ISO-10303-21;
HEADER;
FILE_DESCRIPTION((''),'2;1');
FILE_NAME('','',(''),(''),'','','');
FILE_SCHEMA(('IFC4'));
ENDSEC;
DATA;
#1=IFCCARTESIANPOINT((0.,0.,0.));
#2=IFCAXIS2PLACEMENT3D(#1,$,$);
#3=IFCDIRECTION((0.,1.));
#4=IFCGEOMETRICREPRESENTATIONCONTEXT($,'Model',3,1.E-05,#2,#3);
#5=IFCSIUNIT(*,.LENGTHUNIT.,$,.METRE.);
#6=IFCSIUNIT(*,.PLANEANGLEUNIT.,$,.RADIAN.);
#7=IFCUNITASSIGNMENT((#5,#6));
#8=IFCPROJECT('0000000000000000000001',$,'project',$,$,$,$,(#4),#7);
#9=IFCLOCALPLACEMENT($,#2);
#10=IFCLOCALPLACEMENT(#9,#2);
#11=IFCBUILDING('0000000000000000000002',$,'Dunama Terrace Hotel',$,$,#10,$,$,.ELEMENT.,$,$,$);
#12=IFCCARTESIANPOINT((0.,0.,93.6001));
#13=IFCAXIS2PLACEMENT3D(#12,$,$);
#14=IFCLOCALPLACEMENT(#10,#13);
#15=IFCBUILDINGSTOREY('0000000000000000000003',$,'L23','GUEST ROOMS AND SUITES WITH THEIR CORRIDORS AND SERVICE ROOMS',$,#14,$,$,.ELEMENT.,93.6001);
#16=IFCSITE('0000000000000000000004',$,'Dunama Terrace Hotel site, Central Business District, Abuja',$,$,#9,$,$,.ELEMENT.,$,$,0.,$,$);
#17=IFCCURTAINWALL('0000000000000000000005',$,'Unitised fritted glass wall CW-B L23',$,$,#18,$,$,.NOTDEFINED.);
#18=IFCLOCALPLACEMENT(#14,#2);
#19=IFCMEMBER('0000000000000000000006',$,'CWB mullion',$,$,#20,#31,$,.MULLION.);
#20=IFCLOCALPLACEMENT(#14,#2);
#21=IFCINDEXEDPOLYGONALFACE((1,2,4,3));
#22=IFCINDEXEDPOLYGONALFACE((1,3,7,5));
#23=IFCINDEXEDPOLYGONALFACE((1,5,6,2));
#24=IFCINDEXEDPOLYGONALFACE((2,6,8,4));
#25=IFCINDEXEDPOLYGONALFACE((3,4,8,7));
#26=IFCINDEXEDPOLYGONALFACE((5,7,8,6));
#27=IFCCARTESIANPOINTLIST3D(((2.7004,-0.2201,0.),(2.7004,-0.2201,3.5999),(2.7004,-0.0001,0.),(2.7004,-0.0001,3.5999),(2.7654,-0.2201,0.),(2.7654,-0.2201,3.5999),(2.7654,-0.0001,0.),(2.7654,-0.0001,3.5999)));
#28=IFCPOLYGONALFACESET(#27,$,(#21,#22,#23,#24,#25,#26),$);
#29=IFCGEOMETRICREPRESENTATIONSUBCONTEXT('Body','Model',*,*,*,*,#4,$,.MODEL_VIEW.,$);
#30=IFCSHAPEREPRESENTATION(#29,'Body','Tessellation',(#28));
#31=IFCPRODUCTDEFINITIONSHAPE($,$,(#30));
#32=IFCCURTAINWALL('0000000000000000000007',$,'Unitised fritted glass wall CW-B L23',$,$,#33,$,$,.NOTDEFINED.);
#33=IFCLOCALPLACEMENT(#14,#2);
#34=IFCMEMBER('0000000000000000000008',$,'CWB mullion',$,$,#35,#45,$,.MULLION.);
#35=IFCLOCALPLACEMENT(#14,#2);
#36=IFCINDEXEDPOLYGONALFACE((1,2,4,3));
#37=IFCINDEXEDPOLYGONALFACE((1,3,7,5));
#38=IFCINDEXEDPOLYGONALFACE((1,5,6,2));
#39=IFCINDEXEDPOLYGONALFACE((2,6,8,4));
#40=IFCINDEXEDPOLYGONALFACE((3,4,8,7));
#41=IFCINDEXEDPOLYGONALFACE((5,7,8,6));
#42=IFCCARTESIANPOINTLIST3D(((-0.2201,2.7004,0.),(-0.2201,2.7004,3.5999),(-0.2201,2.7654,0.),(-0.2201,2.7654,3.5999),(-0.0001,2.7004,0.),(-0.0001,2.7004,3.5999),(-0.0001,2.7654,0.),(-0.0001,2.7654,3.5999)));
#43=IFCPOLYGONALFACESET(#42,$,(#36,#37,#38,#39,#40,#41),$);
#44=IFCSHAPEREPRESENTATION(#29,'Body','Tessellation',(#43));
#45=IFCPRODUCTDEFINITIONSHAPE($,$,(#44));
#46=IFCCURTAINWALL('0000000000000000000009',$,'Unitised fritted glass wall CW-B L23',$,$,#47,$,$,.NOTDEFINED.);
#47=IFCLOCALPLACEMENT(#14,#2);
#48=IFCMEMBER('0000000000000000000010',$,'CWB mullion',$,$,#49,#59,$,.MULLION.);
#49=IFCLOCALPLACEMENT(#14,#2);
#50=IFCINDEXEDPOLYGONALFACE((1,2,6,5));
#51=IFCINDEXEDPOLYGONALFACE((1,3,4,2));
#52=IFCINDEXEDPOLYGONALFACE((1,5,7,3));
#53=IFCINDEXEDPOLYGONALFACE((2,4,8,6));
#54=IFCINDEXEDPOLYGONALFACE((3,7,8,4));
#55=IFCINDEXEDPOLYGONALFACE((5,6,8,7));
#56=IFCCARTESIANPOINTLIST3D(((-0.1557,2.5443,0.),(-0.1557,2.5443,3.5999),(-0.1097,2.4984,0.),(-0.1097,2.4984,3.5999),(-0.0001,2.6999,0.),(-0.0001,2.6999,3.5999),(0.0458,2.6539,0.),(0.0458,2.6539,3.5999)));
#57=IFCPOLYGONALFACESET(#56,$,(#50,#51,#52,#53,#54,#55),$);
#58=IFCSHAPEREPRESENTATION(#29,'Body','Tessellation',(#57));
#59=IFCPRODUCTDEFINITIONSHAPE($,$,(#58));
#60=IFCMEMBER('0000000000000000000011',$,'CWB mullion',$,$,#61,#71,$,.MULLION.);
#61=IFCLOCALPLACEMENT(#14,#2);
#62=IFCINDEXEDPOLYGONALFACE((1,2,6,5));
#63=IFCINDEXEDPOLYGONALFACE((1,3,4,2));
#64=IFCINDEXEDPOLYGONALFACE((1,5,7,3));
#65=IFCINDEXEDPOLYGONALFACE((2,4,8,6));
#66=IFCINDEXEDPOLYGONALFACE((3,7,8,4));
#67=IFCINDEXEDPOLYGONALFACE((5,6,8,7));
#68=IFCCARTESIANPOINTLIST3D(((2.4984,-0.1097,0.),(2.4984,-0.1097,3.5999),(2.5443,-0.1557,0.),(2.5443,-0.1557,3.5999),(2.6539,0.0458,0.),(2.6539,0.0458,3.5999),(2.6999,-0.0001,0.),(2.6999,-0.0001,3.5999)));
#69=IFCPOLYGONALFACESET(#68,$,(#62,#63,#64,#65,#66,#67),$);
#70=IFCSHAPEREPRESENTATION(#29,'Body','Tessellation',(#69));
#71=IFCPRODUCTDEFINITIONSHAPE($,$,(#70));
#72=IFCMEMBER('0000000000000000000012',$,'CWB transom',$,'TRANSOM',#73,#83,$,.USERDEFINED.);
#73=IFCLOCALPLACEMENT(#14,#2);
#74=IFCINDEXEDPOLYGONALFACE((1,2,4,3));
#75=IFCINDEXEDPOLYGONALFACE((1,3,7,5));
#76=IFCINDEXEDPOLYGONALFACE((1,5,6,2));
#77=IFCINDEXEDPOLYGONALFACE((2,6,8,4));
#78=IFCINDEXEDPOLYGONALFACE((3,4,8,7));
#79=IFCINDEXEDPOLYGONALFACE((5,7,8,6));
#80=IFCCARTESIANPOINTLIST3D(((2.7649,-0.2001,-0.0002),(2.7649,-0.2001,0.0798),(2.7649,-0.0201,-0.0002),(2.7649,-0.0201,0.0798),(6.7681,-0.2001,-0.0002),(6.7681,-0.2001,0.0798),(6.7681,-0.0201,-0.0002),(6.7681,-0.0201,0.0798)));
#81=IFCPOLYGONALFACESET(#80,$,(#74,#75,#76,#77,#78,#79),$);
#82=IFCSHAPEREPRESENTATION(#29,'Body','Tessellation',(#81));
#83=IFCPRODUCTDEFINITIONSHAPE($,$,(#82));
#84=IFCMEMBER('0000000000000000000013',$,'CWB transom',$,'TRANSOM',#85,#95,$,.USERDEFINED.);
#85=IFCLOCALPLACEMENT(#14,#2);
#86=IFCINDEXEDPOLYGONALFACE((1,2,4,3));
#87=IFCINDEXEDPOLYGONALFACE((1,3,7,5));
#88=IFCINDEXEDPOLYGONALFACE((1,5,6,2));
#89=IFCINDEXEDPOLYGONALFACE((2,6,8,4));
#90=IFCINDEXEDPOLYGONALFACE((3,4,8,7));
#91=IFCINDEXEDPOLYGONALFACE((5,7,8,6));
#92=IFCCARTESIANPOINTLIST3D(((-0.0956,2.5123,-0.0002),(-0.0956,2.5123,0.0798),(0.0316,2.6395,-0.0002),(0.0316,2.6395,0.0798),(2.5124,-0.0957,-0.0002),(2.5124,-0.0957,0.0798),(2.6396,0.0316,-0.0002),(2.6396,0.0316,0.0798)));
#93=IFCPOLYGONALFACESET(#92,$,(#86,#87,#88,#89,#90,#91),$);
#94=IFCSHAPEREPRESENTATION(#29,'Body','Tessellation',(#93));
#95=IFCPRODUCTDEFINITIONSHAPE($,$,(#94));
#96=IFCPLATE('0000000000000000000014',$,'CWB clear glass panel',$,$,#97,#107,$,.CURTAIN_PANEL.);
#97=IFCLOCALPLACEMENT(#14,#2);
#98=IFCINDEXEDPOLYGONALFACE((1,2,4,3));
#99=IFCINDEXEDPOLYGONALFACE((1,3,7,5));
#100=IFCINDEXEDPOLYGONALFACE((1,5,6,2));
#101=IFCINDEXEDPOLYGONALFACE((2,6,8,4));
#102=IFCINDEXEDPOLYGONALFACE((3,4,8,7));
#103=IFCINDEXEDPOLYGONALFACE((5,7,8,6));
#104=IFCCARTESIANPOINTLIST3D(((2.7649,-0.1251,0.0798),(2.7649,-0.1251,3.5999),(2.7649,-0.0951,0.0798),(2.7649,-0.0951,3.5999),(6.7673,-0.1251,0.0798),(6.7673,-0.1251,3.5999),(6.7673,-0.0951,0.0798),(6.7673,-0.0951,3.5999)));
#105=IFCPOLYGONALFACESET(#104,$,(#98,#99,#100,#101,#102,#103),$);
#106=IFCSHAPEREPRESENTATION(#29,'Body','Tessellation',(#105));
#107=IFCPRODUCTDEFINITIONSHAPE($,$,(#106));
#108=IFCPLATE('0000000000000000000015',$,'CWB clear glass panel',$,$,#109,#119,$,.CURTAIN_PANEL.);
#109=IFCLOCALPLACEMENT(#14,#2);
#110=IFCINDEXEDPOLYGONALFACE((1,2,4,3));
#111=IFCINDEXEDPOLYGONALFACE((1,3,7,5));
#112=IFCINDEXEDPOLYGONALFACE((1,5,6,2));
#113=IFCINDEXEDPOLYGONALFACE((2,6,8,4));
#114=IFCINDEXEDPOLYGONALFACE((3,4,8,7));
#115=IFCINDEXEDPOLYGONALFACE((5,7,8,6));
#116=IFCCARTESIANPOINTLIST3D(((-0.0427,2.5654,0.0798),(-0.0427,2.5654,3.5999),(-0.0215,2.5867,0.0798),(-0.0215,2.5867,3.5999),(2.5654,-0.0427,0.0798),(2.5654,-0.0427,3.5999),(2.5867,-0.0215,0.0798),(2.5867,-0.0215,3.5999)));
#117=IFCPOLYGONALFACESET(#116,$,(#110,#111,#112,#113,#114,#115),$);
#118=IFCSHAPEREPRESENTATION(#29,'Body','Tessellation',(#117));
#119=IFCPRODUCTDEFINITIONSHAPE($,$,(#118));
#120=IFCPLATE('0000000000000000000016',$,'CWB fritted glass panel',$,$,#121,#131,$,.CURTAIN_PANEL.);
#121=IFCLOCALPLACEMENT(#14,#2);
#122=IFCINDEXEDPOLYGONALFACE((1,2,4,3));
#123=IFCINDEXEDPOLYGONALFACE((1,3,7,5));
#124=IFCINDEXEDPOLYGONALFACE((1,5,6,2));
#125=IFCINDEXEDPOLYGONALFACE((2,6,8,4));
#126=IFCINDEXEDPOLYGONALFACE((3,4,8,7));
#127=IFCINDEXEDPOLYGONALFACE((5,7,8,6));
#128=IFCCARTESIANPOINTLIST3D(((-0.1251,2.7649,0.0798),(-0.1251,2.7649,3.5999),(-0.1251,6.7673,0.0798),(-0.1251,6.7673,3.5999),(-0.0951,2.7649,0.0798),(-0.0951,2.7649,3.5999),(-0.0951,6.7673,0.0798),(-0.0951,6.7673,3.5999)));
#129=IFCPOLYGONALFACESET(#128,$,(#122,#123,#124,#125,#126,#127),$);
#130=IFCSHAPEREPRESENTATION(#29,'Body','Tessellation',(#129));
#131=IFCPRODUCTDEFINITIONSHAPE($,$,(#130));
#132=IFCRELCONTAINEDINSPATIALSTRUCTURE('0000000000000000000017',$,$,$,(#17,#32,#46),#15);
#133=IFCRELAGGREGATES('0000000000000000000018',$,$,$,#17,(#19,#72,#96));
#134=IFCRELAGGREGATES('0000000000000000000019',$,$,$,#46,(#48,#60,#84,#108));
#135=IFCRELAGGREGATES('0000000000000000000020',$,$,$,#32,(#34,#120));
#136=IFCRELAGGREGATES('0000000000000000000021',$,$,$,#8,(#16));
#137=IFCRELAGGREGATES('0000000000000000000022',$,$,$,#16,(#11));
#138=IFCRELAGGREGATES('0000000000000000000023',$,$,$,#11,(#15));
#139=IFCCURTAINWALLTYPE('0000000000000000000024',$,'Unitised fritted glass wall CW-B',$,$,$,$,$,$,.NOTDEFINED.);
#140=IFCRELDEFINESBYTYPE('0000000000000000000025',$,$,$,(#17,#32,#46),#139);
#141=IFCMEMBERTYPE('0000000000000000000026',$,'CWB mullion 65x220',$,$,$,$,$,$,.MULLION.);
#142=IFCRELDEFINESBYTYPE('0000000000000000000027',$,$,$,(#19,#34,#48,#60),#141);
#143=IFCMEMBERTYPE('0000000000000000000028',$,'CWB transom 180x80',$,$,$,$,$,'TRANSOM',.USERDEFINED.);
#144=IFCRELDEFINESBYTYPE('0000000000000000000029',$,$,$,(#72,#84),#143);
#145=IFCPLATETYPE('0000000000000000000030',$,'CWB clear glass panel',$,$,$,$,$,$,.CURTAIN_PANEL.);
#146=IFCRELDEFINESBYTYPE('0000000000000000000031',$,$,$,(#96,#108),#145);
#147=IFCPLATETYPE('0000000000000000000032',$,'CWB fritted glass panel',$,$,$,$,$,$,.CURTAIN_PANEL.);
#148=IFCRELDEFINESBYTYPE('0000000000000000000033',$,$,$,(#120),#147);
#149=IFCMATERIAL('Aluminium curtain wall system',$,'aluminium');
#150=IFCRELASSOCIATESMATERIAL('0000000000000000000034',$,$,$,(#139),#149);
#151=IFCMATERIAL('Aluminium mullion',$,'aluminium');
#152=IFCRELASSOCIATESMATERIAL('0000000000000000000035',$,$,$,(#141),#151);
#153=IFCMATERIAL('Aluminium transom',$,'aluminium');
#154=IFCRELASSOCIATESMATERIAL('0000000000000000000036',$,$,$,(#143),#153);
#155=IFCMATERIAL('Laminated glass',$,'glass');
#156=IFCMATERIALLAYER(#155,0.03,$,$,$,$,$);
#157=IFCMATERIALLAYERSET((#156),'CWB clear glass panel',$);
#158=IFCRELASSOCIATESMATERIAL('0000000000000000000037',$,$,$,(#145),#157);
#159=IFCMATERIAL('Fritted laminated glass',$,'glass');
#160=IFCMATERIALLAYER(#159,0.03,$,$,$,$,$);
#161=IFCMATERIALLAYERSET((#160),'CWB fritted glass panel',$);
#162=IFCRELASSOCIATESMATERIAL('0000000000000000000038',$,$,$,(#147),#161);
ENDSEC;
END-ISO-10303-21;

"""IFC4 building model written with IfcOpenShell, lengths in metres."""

from ifc_helpers import new_model, si_unit, direction, frame, origin, origin_2d, place, context, subcontext, project, spatial, rectangle, extrude, material, layer, layer_set, material_profile, profile_set, type_object, element, aggregate, save


model = new_model("IFC4")

# Units and contexts
model_context = context("Model", 3, precision=1e-05, world=origin(), true_north=direction((0.0, 1.0)))
body_context = subcontext(model_context, "Body", "Model", "MODEL_VIEW")
ifc_project = project(units=[si_unit("LENGTHUNIT", "METRE"), si_unit("PLANEANGLEUNIT", "RADIAN")], contexts=[model_context])

# Site, building, storey
site_placement = place(None, origin())
site = spatial("IfcSite", under=ifc_project, at=site_placement, Name="Dunama Terrace Hotel site, Central Business District, Abuja", CompositionType="ELEMENT", RefElevation=0.0)
building_placement = place(site_placement, origin())
building = spatial("IfcBuilding", under=site, at=building_placement, Name="Dunama Terrace Hotel", CompositionType="ELEMENT")
storey_placement = place(building_placement, frame((0.0, 0.0, 93.6001)))
storey = spatial("IfcBuildingStorey", under=building, at=storey_placement, Name="L23", Description="GUEST ROOMS AND SUITES WITH THEIR CORRIDORS AND SERVICE ROOMS", CompositionType="ELEMENT", Elevation=93.6001)

# Curtain walls, members
ifc_material_1 = material(Name="Aluminium curtain wall system", Category="aluminium")
curtain_wall_type = type_object("IfcCurtainWallType", Name="Unitised fritted glass wall CW-B", PredefinedType="NOTDEFINED", material=ifc_material_1)
curtain_wall_1_placement = place(storey_placement, origin())
curtain_wall_1 = element("IfcCurtainWall", 1, at=curtain_wall_1_placement, inside=storey, type_object=curtain_wall_type, Name="Unitised fritted glass wall CW-B L23", PredefinedType="NOTDEFINED")
ifc_material_2 = material(Name="Aluminium mullion", Category="aluminium")
ifc_material_profile_1 = material_profile(ifc_material_2, rectangle(XDim=0.0649, YDim=0.22, at=origin_2d()), Name="CWB MULLION 65X220")
ifc_profile_set_1 = profile_set([ifc_material_profile_1], Name="Aluminium mullion")
member_type_1 = type_object("IfcMemberType", Name="CWB mullion 65x220", PredefinedType="MULLION", material=ifc_profile_set_1)
member_1_placement = place(storey_placement, frame((2.7329, -0.1101, 0.0), z_axis=(0.0, 0.0, 1.0), x_axis=(1.0, 0.0, 0.0)))
member_1 = element("IfcMember", 2, at=member_1_placement, type_object=member_type_1, Name="CWB mullion", PredefinedType="MULLION", context=body_context, shape_type="SweptSolid", body=[
    extrude(rectangle(XDim=0.0649, YDim=0.22, at=origin_2d()), origin(), (0.0, 0.0, 1.0), 3.5999),
])
curtain_wall_2_placement = place(storey_placement, origin())
curtain_wall_2 = element("IfcCurtainWall", 3, at=curtain_wall_2_placement, inside=storey, type_object=curtain_wall_type, Name="Unitised fritted glass wall CW-B L23", PredefinedType="NOTDEFINED")
member_2_placement = place(storey_placement, frame((-0.1101, 2.7329, 0.0), z_axis=(0.0, 0.0, 1.0), x_axis=(0.0, -1.0, 0.0)))
member_2 = element("IfcMember", 4, at=member_2_placement, type_object=member_type_1, Name="CWB mullion", PredefinedType="MULLION", context=body_context, shape_type="SweptSolid", body=[
    extrude(rectangle(XDim=0.0649, YDim=0.22, at=origin_2d()), origin(), (0.0, 0.0, 1.0), 3.5999),
])

# Curtain wall, members
curtain_wall_3_placement = place(storey_placement, origin())
curtain_wall_3 = element("IfcCurtainWall", 5, at=curtain_wall_3_placement, inside=storey, type_object=curtain_wall_type, Name="Unitised fritted glass wall CW-B L23", PredefinedType="NOTDEFINED")
member_3_placement = place(storey_placement, frame((-0.0549, 2.5991, 0.0), z_axis=(0.0, 0.0, 1.0), x_axis=(0.707107, -0.707107, 0.0)))
member_3 = element("IfcMember", 6, at=member_3_placement, type_object=member_type_1, Name="CWB mullion", PredefinedType="MULLION", context=body_context, shape_type="SweptSolid", body=[
    extrude(rectangle(XDim=0.0649, YDim=0.22, at=origin_2d()), origin(), (0.0, 0.0, 1.0), 3.5999),
])
member_4_placement = place(storey_placement, frame((2.5991, -0.0549, 0.0), z_axis=(0.0, 0.0, 1.0), x_axis=(0.707107, -0.707107, 0.0)))
member_4 = element("IfcMember", 7, at=member_4_placement, type_object=member_type_1, Name="CWB mullion", PredefinedType="MULLION", context=body_context, shape_type="SweptSolid", body=[
    extrude(rectangle(XDim=0.0649, YDim=0.22, at=origin_2d()), origin(), (0.0, 0.0, 1.0), 3.5999),
])

# Members
ifc_material_3 = material(Name="Aluminium transom", Category="aluminium")
ifc_material_profile_2 = material_profile(ifc_material_3, rectangle(XDim=0.1799, YDim=0.0801, at=origin_2d()), Name="CWB TRANSOM 180X80")
ifc_profile_set_2 = profile_set([ifc_material_profile_2], Name="Aluminium transom")
member_type_2 = type_object("IfcMemberType", Name="CWB transom 180x80", ElementType="TRANSOM", PredefinedType="USERDEFINED", material=ifc_profile_set_2)
member_5_placement = place(storey_placement, frame((2.7649, -0.1101, 0.0398), z_axis=(1.0, 0.0, 0.0), x_axis=(0.0, 1.0, 0.0)))
member_5 = element("IfcMember", 8, at=member_5_placement, type_object=member_type_2, Name="CWB transom", ObjectType="TRANSOM", PredefinedType="USERDEFINED", context=body_context, shape_type="SweptSolid", body=[
    extrude(rectangle(XDim=0.1799, YDim=0.0801, at=origin_2d()), origin(), (0.0, 0.0, 1.0), 4.0032),
])
member_6_placement = place(storey_placement, frame((-0.032, 2.5759, 0.0398), z_axis=(0.707107, -0.707107, 0.0), x_axis=(0.707107, 0.707107, 0.0)))
member_6 = element("IfcMember", 9, at=member_6_placement, type_object=member_type_2, Name="CWB transom", ObjectType="TRANSOM", PredefinedType="USERDEFINED", context=body_context, shape_type="SweptSolid", body=[
    extrude(rectangle(XDim=0.1799, YDim=0.0801, at=origin_2d()), origin(), (0.0, 0.0, 1.0), 3.6882),
])

# Plates
ifc_material_4 = material(Name="Laminated glass", Category="glass")
ifc_layer_1 = layer(ifc_material_4, 0.03)
ifc_layer_set_1 = layer_set([ifc_layer_1], Name="CWB clear glass panel")
plate_type_1 = type_object("IfcPlateType", Name="CWB clear glass panel", PredefinedType="CURTAIN_PANEL", material=ifc_layer_set_1)
plate_1_placement = place(storey_placement, frame((4.7661, -0.1101, 0.0798), z_axis=(0.0, 0.0, 1.0), x_axis=(1.0, 0.0, 0.0)))
plate_1 = element("IfcPlate", 10, at=plate_1_placement, type_object=plate_type_1, Name="CWB clear glass panel", PredefinedType="CURTAIN_PANEL", context=body_context, shape_type="SweptSolid", body=[
    extrude(rectangle(XDim=4.0024, YDim=0.03, at=origin_2d()), origin(), (0.0, 0.0, 1.0), 3.52),
])
aggregate(curtain_wall_1, [member_1, member_5, plate_1])
plate_2_placement = place(storey_placement, frame((1.272, 1.272, 0.0798), z_axis=(0.0, 0.0, 1.0), x_axis=(0.707107, -0.707107, 0.0)))
plate_2 = element("IfcPlate", 11, at=plate_2_placement, type_object=plate_type_1, Name="CWB clear glass panel", PredefinedType="CURTAIN_PANEL", context=body_context, shape_type="SweptSolid", body=[
    extrude(rectangle(XDim=3.6885, YDim=0.03, at=origin_2d()), origin(), (0.0, 0.0, 1.0), 3.52),
])
aggregate(curtain_wall_3, [member_3, member_4, member_6, plate_2])
ifc_material_5 = material(Name="Fritted laminated glass", Category="glass")
ifc_layer_2 = layer(ifc_material_5, 0.03)
ifc_layer_set_2 = layer_set([ifc_layer_2], Name="CWB fritted glass panel")
plate_type_2 = type_object("IfcPlateType", Name="CWB fritted glass panel", PredefinedType="CURTAIN_PANEL", material=ifc_layer_set_2)
plate_3_placement = place(storey_placement, frame((-0.1101, 4.7661, 0.0798), z_axis=(0.0, 0.0, 1.0), x_axis=(0.0, -1.0, 0.0)))
plate_3 = element("IfcPlate", 12, at=plate_3_placement, type_object=plate_type_2, Name="CWB fritted glass panel", PredefinedType="CURTAIN_PANEL", context=body_context, shape_type="SweptSolid", body=[
    extrude(rectangle(XDim=4.0024, YDim=0.03, at=origin_2d()), origin(), (0.0, 0.0, 1.0), 3.52),
])
aggregate(curtain_wall_2, [member_2, plate_3])

save(model, "model.ifc")
